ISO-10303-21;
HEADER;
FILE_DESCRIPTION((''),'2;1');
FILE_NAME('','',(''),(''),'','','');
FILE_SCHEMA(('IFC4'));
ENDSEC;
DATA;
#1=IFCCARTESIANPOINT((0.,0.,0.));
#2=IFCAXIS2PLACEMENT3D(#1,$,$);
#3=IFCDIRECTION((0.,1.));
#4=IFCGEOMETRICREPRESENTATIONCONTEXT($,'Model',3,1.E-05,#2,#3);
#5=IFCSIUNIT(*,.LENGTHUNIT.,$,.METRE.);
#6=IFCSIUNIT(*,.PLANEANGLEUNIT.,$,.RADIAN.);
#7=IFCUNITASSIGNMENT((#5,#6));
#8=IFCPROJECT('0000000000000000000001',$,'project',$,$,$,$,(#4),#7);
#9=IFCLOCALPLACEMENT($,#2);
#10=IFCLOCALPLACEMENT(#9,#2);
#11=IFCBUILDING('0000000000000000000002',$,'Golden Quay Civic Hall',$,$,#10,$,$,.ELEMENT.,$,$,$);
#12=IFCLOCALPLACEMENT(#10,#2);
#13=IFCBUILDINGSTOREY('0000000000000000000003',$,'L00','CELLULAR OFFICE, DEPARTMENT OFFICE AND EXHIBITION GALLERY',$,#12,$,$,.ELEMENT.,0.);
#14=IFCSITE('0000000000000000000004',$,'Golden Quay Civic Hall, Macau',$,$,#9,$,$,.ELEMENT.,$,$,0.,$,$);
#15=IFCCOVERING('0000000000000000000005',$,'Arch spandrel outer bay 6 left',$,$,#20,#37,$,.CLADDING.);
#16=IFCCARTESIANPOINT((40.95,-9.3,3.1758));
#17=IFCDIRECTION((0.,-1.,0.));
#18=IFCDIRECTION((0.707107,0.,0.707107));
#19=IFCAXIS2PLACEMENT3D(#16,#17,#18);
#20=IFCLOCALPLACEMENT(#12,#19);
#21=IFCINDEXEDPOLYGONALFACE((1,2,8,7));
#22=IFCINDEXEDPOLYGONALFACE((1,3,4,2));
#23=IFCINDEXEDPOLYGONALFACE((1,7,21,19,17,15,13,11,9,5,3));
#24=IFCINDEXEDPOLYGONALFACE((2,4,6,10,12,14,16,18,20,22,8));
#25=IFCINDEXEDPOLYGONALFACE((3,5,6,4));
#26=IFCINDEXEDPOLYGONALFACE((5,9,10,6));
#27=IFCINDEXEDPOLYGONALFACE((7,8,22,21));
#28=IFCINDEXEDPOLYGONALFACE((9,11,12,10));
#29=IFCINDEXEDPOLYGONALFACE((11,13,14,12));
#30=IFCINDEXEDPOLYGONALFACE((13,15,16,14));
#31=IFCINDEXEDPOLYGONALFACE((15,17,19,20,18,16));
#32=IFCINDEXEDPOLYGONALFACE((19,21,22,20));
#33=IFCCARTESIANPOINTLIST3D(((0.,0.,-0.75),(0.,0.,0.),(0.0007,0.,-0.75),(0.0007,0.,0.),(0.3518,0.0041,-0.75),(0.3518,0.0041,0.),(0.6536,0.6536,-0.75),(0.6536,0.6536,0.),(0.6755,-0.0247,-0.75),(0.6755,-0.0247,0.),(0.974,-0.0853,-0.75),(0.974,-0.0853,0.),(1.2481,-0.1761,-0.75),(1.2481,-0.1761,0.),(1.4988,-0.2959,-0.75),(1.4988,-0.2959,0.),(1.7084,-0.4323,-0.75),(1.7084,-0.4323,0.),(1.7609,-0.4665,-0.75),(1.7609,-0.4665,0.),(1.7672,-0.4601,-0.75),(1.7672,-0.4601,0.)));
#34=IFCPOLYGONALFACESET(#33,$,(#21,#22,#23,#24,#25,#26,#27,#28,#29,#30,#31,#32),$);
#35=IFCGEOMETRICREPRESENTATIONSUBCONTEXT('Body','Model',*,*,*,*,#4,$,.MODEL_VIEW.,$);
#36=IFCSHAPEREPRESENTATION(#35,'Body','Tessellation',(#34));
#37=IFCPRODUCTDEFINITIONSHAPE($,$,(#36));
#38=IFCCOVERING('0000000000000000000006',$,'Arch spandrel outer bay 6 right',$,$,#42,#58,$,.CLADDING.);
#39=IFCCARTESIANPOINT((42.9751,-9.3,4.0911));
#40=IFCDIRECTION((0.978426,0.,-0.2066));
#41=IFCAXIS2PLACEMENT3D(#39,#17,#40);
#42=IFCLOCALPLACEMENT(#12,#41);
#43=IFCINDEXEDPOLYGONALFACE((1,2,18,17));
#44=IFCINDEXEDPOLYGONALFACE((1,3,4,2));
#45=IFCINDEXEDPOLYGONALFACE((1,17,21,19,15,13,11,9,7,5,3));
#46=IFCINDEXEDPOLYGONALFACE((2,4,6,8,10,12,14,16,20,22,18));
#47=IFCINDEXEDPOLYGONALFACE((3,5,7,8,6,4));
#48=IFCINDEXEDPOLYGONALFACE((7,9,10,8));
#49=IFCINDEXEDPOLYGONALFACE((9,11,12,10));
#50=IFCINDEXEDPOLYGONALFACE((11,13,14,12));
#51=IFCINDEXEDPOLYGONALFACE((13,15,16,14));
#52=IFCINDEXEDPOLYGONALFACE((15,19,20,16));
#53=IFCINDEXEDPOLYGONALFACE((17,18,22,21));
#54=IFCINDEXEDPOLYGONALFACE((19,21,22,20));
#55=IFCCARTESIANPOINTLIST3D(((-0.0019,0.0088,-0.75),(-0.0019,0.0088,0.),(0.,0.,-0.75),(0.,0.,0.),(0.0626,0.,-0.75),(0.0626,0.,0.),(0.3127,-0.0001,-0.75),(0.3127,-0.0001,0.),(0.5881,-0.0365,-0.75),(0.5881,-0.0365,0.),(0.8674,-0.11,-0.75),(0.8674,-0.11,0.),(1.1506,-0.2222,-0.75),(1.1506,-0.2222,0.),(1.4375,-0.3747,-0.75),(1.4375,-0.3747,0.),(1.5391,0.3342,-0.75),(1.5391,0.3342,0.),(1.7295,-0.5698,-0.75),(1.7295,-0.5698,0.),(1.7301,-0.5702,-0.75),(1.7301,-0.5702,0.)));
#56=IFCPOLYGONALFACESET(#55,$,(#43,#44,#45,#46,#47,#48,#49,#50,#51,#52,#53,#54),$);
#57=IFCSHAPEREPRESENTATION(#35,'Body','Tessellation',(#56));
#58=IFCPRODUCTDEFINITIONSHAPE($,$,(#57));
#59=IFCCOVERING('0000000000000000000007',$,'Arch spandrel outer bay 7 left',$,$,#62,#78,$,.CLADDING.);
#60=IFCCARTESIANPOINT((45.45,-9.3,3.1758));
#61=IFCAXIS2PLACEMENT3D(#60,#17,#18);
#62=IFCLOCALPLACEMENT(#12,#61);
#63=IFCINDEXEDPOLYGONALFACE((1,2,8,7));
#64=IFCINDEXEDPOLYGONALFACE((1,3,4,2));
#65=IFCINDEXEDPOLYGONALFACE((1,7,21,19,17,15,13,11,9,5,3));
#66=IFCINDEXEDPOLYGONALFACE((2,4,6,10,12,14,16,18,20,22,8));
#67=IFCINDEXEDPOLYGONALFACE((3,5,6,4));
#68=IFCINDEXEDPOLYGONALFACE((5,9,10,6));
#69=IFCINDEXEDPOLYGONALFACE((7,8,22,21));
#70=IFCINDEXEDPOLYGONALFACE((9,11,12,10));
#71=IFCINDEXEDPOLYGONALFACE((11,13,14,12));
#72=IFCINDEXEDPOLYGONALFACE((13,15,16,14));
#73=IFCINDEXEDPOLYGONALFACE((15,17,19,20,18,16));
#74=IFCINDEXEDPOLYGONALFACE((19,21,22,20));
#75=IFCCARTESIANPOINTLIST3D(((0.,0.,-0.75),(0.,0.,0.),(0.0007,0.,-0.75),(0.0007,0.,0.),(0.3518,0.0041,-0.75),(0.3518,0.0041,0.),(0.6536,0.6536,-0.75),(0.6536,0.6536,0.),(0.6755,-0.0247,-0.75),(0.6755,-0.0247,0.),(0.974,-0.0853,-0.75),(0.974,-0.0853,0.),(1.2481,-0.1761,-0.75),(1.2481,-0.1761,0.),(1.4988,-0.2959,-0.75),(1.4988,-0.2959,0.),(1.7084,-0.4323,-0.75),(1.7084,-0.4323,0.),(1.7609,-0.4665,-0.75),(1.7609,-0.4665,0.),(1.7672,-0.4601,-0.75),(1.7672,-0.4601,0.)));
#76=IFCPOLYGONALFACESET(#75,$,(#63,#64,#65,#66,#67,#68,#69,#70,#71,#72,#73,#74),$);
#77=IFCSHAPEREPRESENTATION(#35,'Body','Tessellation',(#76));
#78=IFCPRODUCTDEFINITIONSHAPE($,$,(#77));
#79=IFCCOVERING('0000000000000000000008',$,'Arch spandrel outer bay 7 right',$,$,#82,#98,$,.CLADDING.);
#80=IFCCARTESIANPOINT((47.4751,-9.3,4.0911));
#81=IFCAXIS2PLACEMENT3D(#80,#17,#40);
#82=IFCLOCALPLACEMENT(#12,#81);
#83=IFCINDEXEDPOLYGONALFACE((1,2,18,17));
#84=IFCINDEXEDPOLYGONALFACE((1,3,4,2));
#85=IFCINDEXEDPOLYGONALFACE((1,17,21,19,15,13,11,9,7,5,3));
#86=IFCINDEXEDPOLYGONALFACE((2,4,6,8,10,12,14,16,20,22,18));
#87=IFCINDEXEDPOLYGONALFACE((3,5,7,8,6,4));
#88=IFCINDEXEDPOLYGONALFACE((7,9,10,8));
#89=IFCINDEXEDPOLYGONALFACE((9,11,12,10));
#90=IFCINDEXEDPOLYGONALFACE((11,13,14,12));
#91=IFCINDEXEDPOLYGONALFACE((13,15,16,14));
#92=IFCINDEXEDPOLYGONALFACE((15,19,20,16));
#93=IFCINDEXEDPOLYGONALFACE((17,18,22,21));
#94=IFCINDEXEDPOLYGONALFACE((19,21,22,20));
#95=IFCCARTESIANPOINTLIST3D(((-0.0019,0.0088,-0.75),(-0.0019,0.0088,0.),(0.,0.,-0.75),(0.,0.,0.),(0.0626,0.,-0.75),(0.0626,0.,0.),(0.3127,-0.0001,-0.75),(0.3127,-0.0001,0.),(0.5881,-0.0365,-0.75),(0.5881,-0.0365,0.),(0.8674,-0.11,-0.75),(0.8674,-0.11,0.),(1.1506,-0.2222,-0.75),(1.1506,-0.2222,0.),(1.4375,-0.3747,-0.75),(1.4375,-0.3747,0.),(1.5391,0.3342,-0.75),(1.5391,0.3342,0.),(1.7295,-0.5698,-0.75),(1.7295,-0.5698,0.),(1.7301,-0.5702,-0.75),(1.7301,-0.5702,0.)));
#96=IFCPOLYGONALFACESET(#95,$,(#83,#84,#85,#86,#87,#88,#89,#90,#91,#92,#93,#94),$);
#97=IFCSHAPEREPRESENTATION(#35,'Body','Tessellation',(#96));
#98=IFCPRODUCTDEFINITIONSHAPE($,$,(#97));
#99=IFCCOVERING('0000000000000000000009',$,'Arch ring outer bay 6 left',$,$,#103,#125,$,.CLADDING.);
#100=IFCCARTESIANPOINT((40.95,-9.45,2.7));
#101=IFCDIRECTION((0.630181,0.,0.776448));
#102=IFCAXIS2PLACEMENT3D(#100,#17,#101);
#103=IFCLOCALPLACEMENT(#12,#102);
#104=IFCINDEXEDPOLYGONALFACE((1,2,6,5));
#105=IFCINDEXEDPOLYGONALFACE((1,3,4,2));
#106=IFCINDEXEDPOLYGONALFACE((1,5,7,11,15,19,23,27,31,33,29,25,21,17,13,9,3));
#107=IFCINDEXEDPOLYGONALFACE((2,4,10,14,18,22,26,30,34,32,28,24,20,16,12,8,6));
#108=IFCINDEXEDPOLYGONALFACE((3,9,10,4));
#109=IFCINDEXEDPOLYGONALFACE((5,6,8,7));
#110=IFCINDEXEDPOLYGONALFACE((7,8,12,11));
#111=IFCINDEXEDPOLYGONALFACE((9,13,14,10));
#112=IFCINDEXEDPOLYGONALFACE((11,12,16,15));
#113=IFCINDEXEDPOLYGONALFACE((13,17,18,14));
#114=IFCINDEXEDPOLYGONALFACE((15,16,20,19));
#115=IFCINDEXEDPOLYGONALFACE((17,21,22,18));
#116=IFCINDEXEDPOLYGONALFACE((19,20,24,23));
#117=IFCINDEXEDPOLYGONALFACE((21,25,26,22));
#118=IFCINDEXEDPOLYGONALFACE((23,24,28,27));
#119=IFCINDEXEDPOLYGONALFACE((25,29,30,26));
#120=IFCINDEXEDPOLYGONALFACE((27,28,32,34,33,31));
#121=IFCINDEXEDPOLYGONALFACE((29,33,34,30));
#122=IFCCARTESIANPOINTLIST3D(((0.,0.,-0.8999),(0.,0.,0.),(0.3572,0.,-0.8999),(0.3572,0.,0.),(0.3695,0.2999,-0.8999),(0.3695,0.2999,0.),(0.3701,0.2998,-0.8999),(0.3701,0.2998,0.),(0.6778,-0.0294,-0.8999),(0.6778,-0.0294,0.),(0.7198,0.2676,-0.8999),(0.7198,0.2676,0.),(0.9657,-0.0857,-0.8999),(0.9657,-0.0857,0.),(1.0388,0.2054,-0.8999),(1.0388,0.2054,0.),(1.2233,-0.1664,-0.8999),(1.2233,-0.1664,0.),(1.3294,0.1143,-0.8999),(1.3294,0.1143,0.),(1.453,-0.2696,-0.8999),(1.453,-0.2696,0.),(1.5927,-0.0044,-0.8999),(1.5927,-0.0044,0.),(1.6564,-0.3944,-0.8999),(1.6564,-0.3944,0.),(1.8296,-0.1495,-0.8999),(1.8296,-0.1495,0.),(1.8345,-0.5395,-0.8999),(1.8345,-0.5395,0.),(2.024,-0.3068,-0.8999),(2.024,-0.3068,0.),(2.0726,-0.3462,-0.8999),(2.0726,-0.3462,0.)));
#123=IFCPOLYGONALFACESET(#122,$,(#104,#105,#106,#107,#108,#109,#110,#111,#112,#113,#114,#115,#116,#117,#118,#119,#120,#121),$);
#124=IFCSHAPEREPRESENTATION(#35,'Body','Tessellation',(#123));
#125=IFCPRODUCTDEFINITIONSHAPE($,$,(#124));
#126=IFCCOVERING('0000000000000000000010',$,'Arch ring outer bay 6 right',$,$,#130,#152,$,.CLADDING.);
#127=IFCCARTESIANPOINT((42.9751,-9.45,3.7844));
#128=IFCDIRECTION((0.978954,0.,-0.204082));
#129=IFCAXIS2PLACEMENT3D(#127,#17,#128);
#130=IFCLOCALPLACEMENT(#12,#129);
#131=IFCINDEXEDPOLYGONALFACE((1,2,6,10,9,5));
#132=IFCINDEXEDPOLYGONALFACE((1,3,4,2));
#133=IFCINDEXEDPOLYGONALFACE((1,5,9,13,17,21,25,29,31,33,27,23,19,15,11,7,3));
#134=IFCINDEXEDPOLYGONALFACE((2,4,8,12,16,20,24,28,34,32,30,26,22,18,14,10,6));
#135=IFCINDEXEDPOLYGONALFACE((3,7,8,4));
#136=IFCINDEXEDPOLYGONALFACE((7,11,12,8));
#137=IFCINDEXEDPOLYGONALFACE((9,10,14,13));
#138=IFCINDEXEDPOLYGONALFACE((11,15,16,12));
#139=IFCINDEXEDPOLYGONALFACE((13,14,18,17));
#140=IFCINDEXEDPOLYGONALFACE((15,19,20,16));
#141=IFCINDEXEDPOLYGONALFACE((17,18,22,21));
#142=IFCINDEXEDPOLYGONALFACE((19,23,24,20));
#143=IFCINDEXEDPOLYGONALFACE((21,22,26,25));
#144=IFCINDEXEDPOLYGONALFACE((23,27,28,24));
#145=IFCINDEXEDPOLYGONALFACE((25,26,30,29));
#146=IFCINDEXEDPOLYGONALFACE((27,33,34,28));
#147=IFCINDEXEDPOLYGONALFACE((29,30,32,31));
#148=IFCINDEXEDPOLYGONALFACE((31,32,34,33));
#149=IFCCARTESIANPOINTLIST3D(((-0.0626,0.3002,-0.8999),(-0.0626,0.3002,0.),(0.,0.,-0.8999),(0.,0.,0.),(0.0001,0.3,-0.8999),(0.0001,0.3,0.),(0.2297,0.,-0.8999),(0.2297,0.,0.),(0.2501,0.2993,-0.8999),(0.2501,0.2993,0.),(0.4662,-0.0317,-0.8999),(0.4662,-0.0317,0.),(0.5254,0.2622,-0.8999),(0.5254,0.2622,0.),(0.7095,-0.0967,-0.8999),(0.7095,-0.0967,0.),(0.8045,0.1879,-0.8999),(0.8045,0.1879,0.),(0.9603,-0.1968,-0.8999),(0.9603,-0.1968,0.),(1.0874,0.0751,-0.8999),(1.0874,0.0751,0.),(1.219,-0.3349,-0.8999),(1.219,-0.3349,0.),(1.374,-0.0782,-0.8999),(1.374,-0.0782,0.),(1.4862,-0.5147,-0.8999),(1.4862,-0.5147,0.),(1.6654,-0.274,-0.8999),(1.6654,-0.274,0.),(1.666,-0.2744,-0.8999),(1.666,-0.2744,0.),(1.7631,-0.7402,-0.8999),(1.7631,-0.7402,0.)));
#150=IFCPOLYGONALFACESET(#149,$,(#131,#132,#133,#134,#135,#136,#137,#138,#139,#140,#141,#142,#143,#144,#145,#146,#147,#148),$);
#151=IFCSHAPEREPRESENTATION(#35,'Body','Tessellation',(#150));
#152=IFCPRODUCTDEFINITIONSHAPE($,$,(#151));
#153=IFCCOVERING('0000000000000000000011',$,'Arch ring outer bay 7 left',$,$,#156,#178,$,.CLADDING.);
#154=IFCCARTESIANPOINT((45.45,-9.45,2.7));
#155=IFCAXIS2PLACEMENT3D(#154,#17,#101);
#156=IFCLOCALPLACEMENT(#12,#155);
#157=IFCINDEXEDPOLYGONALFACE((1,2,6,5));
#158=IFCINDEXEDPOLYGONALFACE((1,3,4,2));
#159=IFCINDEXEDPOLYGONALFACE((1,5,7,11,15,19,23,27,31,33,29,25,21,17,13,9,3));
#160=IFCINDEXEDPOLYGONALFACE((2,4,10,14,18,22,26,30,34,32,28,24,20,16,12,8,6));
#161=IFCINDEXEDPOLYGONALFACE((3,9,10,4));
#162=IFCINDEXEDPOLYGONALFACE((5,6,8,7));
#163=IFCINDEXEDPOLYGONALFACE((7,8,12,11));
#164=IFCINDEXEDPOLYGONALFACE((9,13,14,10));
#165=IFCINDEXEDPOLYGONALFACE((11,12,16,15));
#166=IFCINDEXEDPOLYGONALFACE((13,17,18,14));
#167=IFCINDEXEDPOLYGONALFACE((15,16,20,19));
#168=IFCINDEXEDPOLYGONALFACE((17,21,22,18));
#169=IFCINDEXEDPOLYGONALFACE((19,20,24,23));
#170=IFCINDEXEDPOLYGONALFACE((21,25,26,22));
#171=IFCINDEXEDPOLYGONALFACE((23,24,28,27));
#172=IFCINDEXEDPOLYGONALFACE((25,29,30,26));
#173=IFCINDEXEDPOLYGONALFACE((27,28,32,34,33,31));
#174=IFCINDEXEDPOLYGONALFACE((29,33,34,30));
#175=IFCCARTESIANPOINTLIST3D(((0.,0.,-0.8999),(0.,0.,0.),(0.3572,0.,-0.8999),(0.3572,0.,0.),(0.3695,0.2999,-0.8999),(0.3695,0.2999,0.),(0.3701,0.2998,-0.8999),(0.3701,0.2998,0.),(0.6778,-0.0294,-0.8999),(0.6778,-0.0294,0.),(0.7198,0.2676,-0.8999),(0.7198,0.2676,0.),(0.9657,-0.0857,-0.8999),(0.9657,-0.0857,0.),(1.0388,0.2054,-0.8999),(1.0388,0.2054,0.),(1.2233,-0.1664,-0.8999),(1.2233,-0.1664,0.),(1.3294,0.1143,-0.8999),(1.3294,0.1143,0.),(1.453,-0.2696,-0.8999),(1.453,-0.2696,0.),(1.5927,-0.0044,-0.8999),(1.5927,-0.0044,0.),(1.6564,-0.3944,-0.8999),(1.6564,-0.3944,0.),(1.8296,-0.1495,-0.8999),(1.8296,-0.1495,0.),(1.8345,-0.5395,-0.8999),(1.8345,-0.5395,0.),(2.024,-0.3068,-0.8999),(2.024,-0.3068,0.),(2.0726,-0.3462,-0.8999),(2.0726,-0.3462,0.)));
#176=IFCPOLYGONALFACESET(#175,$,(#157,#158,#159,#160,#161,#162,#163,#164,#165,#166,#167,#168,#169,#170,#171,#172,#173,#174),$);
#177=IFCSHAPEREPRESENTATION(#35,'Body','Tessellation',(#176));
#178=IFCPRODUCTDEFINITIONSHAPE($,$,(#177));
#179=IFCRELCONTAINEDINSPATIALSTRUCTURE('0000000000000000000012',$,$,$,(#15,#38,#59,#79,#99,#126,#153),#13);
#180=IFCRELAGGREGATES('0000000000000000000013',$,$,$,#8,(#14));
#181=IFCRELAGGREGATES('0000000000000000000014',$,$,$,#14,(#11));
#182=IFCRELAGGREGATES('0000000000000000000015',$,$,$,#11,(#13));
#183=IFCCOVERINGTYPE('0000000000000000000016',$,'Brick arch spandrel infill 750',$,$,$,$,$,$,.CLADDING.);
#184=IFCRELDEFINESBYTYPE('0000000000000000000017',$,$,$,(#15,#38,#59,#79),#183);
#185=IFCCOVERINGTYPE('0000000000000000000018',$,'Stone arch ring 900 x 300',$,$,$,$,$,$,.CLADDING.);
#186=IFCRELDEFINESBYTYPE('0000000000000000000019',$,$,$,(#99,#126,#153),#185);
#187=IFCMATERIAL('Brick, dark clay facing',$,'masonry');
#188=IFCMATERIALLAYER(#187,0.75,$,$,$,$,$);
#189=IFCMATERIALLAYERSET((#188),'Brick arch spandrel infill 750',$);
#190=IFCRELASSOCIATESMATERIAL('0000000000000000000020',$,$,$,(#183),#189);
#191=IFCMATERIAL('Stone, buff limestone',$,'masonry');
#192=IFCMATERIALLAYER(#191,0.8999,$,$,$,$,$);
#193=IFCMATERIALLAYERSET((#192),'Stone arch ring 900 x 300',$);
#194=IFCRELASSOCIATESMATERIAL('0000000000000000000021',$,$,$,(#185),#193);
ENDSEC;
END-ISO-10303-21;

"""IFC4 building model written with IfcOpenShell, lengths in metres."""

from ifc_helpers import new_model, si_unit, direction, frame, origin, place, context, subcontext, project, spatial, polyline, outline, extrude, material, layer, layer_set, type_object, element, save


model = new_model("IFC4")

# Units and contexts
model_context = context("Model", 3, precision=1e-05, world=origin(), true_north=direction((0.0, 1.0)))
body_context = subcontext(model_context, "Body", "Model", "MODEL_VIEW")
ifc_project = project(units=[si_unit("LENGTHUNIT", "METRE"), si_unit("PLANEANGLEUNIT", "RADIAN")], contexts=[model_context])

# Site, building, storey
site_placement = place(None, origin())
site = spatial("IfcSite", under=ifc_project, at=site_placement, Name="Golden Quay Civic Hall, Macau", CompositionType="ELEMENT", RefElevation=0.0)
building_placement = place(site_placement, origin())
building = spatial("IfcBuilding", under=site, at=building_placement, Name="Golden Quay Civic Hall", CompositionType="ELEMENT")
storey_placement = place(building_placement, origin())
storey = spatial("IfcBuildingStorey", under=building, at=storey_placement, Name="L00", Description="CELLULAR OFFICE, DEPARTMENT OFFICE AND EXHIBITION GALLERY", CompositionType="ELEMENT", Elevation=0.0)

# Coverings
ifc_material_1 = material(Name="Brick, dark clay facing", Category="masonry")
ifc_layer_1 = layer(ifc_material_1, 0.75)
ifc_layer_set_1 = layer_set([ifc_layer_1], Name="Brick arch spandrel infill 750")
covering_type_1 = type_object("IfcCoveringType", Name="Brick arch spandrel infill 750", PredefinedType="CLADDING", material=ifc_layer_set_1)
covering_1_placement = place(storey_placement, frame((40.95, -9.3, 3.1758), z_axis=(0.0, -1.0, 0.0), x_axis=(0.707107, 0.0, 0.707107)))
element("IfcCovering", 1, at=covering_1_placement, inside=storey, type_object=covering_type_1, Name="Arch spandrel outer bay 6 left", PredefinedType="CLADDING", context=body_context, shape_type="SweptSolid", body=[
    extrude(outline(polyline([(0.0, 0.0), (0.0007, 0.0), (0.3518, 0.0041), (0.6755, -0.0247), (0.974, -0.0853), (1.2481, -0.1761), (1.4988, -0.2959), (1.7084, -0.4323), (1.7609, -0.4665), (1.7672, -0.4601), (0.6536, 0.6536), (0.0, 0.0)])), origin(), (0.0, 0.0, -1.0), 0.75),
])
covering_2_placement = place(storey_placement, frame((42.9751, -9.3, 4.0911), z_axis=(0.0, -1.0, 0.0), x_axis=(0.978426, 0.0, -0.2066)))
element("IfcCovering", 2, at=covering_2_placement, inside=storey, type_object=covering_type_1, Name="Arch spandrel outer bay 6 right", PredefinedType="CLADDING", context=body_context, shape_type="SweptSolid", body=[
    extrude(outline(polyline([(0.0, 0.0), (0.0626, 0.0), (0.3127, -0.0001), (0.5881, -0.0365), (0.8674, -0.11), (1.1506, -0.2222), (1.4375, -0.3747), (1.7295, -0.5698), (1.7301, -0.5702), (1.5391, 0.3342), (-0.0019, 0.0088), (0.0, 0.0)])), origin(), (0.0, 0.0, -1.0), 0.75),
])
covering_3_placement = place(storey_placement, frame((45.45, -9.3, 3.1758), z_axis=(0.0, -1.0, 0.0), x_axis=(0.707107, 0.0, 0.707107)))
element("IfcCovering", 3, at=covering_3_placement, inside=storey, type_object=covering_type_1, Name="Arch spandrel outer bay 7 left", PredefinedType="CLADDING", context=body_context, shape_type="SweptSolid", body=[
    extrude(outline(polyline([(0.0, 0.0), (0.0007, 0.0), (0.3518, 0.0041), (0.6755, -0.0247), (0.974, -0.0853), (1.2481, -0.1761), (1.4988, -0.2959), (1.7084, -0.4323), (1.7609, -0.4665), (1.7672, -0.4601), (0.6536, 0.6536), (0.0, 0.0)])), origin(), (0.0, 0.0, -1.0), 0.75),
])
covering_4_placement = place(storey_placement, frame((47.4751, -9.3, 4.0911), z_axis=(0.0, -1.0, 0.0), x_axis=(0.978426, 0.0, -0.2066)))
element("IfcCovering", 4, at=covering_4_placement, inside=storey, type_object=covering_type_1, Name="Arch spandrel outer bay 7 right", PredefinedType="CLADDING", context=body_context, shape_type="SweptSolid", body=[
    extrude(outline(polyline([(0.0, 0.0), (0.0626, 0.0), (0.3127, -0.0001), (0.5881, -0.0365), (0.8674, -0.11), (1.1506, -0.2222), (1.4375, -0.3747), (1.7295, -0.5698), (1.7301, -0.5702), (1.5391, 0.3342), (-0.0019, 0.0088), (0.0, 0.0)])), origin(), (0.0, 0.0, -1.0), 0.75),
])
ifc_material_2 = material(Name="Stone, buff limestone", Category="masonry")
ifc_layer_2 = layer(ifc_material_2, 0.8999)
ifc_layer_set_2 = layer_set([ifc_layer_2], Name="Stone arch ring 900 x 300")
covering_type_2 = type_object("IfcCoveringType", Name="Stone arch ring 900 x 300", PredefinedType="CLADDING", material=ifc_layer_set_2)
covering_5_placement = place(storey_placement, frame((40.95, -9.45, 2.7), z_axis=(0.0, -1.0, 0.0), x_axis=(0.630181, 0.0, 0.776448)))
element("IfcCovering", 5, at=covering_5_placement, inside=storey, type_object=covering_type_2, Name="Arch ring outer bay 6 left", PredefinedType="CLADDING", context=body_context, shape_type="SweptSolid", body=[
    extrude(outline(polyline([(0.0, 0.0), (0.3572, 0.0), (0.6778, -0.0294), (0.9657, -0.0857), (1.2233, -0.1664), (1.453, -0.2696), (1.6564, -0.3944), (1.8345, -0.5395), (2.0726, -0.3462), (2.024, -0.3068), (1.8296, -0.1495), (1.5927, -0.0044), (1.3294, 0.1143), (1.0388, 0.2054), (0.7198, 0.2676), (0.3701, 0.2998), (0.3695, 0.2999), (0.0, 0.0)])), origin(), (0.0, 0.0, -1.0), 0.8999),
])
covering_6_placement = place(storey_placement, frame((42.9751, -9.45, 3.7844), z_axis=(0.0, -1.0, 0.0), x_axis=(0.978954, 0.0, -0.204082)))
element("IfcCovering", 6, at=covering_6_placement, inside=storey, type_object=covering_type_2, Name="Arch ring outer bay 6 right", PredefinedType="CLADDING", context=body_context, shape_type="SweptSolid", body=[
    extrude(outline(polyline([(0.0, 0.0), (0.2297, 0.0), (0.4662, -0.0317), (0.7095, -0.0967), (0.9603, -0.1968), (1.219, -0.3349), (1.4862, -0.5147), (1.7631, -0.7402), (1.666, -0.2744), (1.6654, -0.274), (1.374, -0.0782), (1.0874, 0.0751), (0.8045, 0.1879), (0.5254, 0.2622), (0.2501, 0.2993), (0.0001, 0.3), (-0.0626, 0.3002), (0.0, 0.0)])), origin(), (0.0, 0.0, -1.0), 0.8999),
])
covering_7_placement = place(storey_placement, frame((45.45, -9.45, 2.7), z_axis=(0.0, -1.0, 0.0), x_axis=(0.630181, 0.0, 0.776448)))
element("IfcCovering", 7, at=covering_7_placement, inside=storey, type_object=covering_type_2, Name="Arch ring outer bay 7 left", PredefinedType="CLADDING", context=body_context, shape_type="SweptSolid", body=[
    extrude(outline(polyline([(0.0, 0.0), (0.3572, 0.0), (0.6778, -0.0294), (0.9657, -0.0857), (1.2233, -0.1664), (1.453, -0.2696), (1.6564, -0.3944), (1.8345, -0.5395), (2.0726, -0.3462), (2.024, -0.3068), (1.8296, -0.1495), (1.5927, -0.0044), (1.3294, 0.1143), (1.0388, 0.2054), (0.7198, 0.2676), (0.3701, 0.2998), (0.3695, 0.2999), (0.0, 0.0)])), origin(), (0.0, 0.0, -1.0), 0.8999),
])

save(model, "model.ifc")
